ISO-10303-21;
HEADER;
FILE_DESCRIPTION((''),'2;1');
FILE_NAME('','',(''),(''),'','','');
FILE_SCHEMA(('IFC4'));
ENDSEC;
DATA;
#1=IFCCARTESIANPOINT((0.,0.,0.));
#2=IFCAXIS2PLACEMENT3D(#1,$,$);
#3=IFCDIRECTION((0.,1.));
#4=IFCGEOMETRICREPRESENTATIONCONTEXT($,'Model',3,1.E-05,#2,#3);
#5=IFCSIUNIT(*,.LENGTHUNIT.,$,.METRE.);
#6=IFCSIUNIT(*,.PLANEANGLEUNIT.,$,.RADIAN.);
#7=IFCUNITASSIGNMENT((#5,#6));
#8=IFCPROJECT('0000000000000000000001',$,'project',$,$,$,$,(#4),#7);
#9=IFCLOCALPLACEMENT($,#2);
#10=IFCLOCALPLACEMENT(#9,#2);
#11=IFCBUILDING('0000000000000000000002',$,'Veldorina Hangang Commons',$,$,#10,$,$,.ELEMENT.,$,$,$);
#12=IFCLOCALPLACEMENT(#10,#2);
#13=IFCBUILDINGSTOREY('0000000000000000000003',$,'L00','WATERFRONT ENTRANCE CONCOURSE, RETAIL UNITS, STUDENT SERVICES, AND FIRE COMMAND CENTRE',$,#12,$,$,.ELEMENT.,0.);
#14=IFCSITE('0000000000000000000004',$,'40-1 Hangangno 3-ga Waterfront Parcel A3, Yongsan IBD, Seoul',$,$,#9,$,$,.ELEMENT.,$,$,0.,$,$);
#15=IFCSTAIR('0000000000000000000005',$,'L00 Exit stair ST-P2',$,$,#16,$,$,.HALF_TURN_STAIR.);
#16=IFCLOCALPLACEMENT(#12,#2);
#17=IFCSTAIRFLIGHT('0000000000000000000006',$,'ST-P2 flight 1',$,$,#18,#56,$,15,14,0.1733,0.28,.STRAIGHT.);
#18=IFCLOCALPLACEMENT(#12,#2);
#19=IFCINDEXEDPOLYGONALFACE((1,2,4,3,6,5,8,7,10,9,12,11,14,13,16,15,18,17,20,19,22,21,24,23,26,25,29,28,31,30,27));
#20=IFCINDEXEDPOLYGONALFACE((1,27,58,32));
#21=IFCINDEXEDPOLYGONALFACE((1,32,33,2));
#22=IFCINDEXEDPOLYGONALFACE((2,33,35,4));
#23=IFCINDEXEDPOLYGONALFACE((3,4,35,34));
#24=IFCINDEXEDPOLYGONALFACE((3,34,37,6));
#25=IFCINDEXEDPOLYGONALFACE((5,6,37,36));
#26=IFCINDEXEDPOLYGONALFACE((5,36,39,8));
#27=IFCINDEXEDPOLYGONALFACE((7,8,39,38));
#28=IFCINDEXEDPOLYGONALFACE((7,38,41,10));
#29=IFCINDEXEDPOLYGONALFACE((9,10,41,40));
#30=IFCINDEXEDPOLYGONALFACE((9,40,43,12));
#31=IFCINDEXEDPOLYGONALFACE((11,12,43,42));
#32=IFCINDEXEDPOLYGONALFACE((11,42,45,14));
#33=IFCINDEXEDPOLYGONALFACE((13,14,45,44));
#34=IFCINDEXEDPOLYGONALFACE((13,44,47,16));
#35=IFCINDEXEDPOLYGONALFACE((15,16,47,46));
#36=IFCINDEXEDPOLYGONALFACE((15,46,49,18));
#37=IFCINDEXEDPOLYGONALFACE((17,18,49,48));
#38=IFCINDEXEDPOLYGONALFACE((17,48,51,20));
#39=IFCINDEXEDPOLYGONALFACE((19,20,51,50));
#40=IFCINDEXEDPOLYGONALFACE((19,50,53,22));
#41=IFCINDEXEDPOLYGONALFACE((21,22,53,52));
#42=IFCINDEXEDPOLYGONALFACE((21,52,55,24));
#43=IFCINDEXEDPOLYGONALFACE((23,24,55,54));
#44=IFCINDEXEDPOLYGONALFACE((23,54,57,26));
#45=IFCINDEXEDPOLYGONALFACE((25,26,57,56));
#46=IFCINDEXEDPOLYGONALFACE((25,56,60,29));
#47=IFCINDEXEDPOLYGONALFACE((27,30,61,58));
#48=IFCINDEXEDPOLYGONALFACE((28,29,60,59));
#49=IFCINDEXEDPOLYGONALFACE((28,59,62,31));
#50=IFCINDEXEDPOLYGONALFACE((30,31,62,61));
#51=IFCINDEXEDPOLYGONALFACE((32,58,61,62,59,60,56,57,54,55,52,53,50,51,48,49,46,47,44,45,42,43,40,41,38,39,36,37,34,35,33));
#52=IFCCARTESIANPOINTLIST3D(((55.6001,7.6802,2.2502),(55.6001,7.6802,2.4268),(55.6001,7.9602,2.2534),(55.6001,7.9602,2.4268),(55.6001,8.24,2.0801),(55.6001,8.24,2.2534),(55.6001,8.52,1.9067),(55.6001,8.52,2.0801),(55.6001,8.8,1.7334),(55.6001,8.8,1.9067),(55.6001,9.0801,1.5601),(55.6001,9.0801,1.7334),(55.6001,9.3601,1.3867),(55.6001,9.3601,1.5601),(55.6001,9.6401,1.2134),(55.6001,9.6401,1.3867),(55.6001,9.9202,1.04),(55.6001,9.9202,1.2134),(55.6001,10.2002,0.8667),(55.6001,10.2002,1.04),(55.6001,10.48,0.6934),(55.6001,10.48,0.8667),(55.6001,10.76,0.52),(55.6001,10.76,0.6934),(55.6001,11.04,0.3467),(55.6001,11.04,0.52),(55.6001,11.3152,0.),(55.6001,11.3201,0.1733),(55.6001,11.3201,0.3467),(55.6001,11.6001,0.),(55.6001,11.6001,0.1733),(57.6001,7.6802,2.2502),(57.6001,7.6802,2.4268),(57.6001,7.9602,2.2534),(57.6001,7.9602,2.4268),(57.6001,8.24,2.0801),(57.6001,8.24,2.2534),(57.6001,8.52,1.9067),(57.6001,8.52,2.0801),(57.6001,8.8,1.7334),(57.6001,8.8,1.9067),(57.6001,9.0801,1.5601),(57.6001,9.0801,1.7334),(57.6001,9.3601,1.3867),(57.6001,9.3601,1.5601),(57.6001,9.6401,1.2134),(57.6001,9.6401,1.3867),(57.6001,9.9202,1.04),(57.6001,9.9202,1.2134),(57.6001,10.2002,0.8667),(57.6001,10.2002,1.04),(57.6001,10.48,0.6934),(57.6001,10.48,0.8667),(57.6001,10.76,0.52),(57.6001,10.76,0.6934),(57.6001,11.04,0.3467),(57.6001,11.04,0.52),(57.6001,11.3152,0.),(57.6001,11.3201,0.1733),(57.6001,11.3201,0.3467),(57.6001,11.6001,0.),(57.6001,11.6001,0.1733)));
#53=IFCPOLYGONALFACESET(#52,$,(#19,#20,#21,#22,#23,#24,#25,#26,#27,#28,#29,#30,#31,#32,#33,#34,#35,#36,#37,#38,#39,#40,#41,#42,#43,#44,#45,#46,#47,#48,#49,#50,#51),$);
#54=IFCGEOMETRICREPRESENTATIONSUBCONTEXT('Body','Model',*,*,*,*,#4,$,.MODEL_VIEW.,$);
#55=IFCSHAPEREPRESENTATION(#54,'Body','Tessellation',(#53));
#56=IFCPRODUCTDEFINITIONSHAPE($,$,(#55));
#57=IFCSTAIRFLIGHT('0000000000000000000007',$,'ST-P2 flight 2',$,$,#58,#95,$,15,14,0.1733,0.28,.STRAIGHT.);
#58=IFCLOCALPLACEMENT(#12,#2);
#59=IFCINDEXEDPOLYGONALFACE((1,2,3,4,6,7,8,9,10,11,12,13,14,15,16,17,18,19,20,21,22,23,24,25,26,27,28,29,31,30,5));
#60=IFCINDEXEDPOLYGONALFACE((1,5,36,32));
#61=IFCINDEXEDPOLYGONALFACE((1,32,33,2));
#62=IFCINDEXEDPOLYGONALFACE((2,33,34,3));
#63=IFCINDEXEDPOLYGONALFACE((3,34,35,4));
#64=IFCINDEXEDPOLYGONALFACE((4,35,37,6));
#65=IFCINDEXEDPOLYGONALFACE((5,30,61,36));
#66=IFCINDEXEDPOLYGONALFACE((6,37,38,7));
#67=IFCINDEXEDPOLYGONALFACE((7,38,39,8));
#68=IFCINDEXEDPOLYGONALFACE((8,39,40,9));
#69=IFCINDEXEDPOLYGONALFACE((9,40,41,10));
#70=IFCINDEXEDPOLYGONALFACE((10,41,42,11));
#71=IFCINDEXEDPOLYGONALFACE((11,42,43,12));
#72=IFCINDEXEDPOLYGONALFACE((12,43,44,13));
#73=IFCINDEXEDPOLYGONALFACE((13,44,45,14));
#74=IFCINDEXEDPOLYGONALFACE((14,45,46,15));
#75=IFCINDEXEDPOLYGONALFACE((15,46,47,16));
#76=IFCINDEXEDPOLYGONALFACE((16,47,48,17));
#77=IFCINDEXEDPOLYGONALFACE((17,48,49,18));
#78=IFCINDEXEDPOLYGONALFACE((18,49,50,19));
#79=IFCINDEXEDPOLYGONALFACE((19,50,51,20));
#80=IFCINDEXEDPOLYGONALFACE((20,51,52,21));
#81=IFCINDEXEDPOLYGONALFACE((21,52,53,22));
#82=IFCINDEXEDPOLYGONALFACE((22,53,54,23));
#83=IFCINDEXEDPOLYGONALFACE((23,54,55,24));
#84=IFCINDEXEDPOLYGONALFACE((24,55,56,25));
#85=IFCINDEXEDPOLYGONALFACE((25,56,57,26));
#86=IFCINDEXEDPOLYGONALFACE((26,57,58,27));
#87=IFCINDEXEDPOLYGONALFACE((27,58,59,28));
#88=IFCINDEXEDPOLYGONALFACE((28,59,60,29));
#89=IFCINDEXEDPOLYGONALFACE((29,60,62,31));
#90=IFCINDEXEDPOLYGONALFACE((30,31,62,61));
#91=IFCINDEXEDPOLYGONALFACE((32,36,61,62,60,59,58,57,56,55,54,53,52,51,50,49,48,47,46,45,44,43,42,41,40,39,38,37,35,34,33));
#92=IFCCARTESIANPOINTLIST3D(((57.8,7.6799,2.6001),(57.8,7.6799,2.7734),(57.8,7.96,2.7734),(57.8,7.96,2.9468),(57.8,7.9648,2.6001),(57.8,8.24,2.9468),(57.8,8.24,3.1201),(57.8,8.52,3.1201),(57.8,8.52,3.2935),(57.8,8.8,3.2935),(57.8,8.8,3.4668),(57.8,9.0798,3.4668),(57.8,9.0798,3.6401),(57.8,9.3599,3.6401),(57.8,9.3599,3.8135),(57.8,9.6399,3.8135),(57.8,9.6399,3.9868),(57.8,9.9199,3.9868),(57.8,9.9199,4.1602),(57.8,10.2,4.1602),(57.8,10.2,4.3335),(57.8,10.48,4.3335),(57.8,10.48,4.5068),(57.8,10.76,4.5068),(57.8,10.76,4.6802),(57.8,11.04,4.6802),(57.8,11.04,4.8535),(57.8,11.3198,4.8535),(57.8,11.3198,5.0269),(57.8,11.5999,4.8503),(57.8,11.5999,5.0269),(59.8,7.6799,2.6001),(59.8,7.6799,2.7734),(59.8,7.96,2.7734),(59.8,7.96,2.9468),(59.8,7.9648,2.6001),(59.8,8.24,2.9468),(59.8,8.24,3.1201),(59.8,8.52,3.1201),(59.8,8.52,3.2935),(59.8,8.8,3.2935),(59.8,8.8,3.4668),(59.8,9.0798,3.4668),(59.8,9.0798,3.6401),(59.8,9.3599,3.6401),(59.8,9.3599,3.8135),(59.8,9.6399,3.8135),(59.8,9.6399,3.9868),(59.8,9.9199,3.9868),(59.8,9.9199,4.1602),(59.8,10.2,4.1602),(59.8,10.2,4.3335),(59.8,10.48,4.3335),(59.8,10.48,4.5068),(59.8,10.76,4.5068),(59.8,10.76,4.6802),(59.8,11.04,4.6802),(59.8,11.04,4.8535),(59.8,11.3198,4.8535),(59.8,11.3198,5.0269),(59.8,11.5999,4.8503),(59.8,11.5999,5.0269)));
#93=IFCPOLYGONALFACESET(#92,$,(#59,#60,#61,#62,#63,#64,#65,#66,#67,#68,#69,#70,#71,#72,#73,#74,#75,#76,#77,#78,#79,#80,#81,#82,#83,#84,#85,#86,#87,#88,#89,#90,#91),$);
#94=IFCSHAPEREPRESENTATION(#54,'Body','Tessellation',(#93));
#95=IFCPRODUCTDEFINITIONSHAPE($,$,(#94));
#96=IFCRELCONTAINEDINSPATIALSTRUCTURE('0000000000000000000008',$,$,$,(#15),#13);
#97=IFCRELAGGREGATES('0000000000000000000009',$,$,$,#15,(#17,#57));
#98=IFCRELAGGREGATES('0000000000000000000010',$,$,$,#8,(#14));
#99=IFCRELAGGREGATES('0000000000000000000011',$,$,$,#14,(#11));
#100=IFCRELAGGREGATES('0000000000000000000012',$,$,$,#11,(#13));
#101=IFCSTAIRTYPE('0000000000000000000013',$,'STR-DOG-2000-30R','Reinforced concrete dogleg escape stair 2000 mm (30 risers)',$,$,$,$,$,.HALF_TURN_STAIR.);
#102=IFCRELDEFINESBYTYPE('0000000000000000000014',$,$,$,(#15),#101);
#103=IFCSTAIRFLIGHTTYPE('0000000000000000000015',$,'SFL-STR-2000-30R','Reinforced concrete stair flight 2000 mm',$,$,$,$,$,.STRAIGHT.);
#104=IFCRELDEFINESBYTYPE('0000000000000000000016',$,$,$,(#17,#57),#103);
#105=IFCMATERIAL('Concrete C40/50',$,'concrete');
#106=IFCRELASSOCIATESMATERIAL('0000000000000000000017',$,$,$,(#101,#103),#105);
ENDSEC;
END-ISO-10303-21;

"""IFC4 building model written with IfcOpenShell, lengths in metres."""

from ifc_helpers import new_model, si_unit, direction, frame, origin, place, context, subcontext, project, spatial, polyline, outline, extrude, material, type_object, element, aggregate, save


model = new_model("IFC4")

# Units and contexts
model_context = context("Model", 3, precision=1e-05, world=origin(), true_north=direction((0.0, 1.0)))
body_context = subcontext(model_context, "Body", "Model", "MODEL_VIEW")
ifc_project = project(units=[si_unit("LENGTHUNIT", "METRE"), si_unit("PLANEANGLEUNIT", "RADIAN")], contexts=[model_context])

# Site, building, storey
site_placement = place(None, origin())
site = spatial("IfcSite", under=ifc_project, at=site_placement, Name="40-1 Hangangno 3-ga Waterfront Parcel A3, Yongsan IBD, Seoul", CompositionType="ELEMENT", RefElevation=0.0)
building_placement = place(site_placement, origin())
building = spatial("IfcBuilding", under=site, at=building_placement, Name="Veldorina Hangang Commons", CompositionType="ELEMENT")
storey_placement = place(building_placement, origin())
storey = spatial("IfcBuildingStorey", under=building, at=storey_placement, Name="L00", Description="WATERFRONT ENTRANCE CONCOURSE, RETAIL UNITS, STUDENT SERVICES, AND FIRE COMMAND CENTRE", CompositionType="ELEMENT", Elevation=0.0)

# Stair, stair flights
ifc_material_1 = material(Name="Concrete C40/50", Category="concrete")
stair_type = type_object("IfcStairType", Name="STR-DOG-2000-30R", Description="Reinforced concrete dogleg escape stair 2000 mm (30 risers)", PredefinedType="HALF_TURN_STAIR", material=ifc_material_1)
stair_placement = place(storey_placement, origin())
stair = element("IfcStair", 1, at=stair_placement, inside=storey, type_object=stair_type, Name="L00 Exit stair ST-P2", PredefinedType="HALF_TURN_STAIR")
stair_flight_type = type_object("IfcStairFlightType", Name="SFL-STR-2000-30R", Description="Reinforced concrete stair flight 2000 mm", PredefinedType="STRAIGHT", material=ifc_material_1)
stair_flight_1_placement = place(storey_placement, frame((56.6001, 11.6001, 0.0), z_axis=(0.0, 0.0, 1.0), x_axis=(0.0, -1.0, 0.0)))
stair_flight_1 = element("IfcStairFlight", 2, at=stair_flight_1_placement, type_object=stair_flight_type, Name="ST-P2 flight 1", NumberOfRisers=15, NumberOfTreads=14, PredefinedType="STRAIGHT", RiserHeight=0.1733, TreadLength=0.28, context=body_context, shape_type="SweptSolid", body=[
    extrude(outline(polyline([(0.0, 0.0), (0.0, 0.1733), (0.28, 0.1733), (0.28, 0.3467), (0.5601, 0.3467), (0.5601, 0.52), (0.8401, 0.52), (0.8401, 0.6934), (1.1201, 0.6934), (1.1201, 0.8667), (1.3999, 0.8667), (1.3999, 1.04), (1.6799, 1.04), (1.6799, 1.2134), (1.96, 1.2134), (1.96, 1.3867), (2.24, 1.3867), (2.24, 1.5601), (2.52, 1.5601), (2.52, 1.7334), (2.8, 1.7334), (2.8, 1.9067), (3.0801, 1.9067), (3.0801, 2.0801), (3.3601, 2.0801), (3.3601, 2.2534), (3.6399, 2.2534), (3.6399, 2.4268), (3.9199, 2.4268), (3.9199, 2.6001), (3.9199, 2.2502), (0.2849, 0.0), (0.0, 0.0)])), frame((0.0, 1.0, 0.0), z_axis=(0.0, -1.0, 0.0), x_axis=(1.0, 0.0, 0.0)), (0.0, 0.0, 1.0), 2.0),
])
stair_flight_2_placement = place(storey_placement, frame((58.8, 7.6799, 2.6001), z_axis=(0.0, 0.0, 1.0), x_axis=(0.0, 1.0, 0.0)))
stair_flight_2 = element("IfcStairFlight", 3, at=stair_flight_2_placement, type_object=stair_flight_type, Name="ST-P2 flight 2", NumberOfRisers=15, NumberOfTreads=14, PredefinedType="STRAIGHT", RiserHeight=0.1733, TreadLength=0.28, context=body_context, shape_type="SweptSolid", body=[
    extrude(outline(polyline([(0.0, 0.0), (0.0, 0.1733), (0.28, 0.1733), (0.28, 0.3467), (0.5601, 0.3467), (0.5601, 0.52), (0.8401, 0.52), (0.8401, 0.6934), (1.1201, 0.6934), (1.1201, 0.8667), (1.3999, 0.8667), (1.3999, 1.04), (1.6799, 1.04), (1.6799, 1.2134), (1.96, 1.2134), (1.96, 1.3867), (2.24, 1.3867), (2.24, 1.5601), (2.52, 1.5601), (2.52, 1.7334), (2.8, 1.7334), (2.8, 1.9067), (3.0801, 1.9067), (3.0801, 2.0801), (3.3601, 2.0801), (3.3601, 2.2534), (3.6399, 2.2534), (3.6399, 2.4268), (3.9199, 2.4268), (3.9199, 2.6001), (3.9199, 2.2502), (0.2849, 0.0), (0.0, 0.0)])), frame((0.0, 1.0, 0.0), z_axis=(0.0, -1.0, 0.0), x_axis=(1.0, 0.0, 0.0)), (0.0, 0.0, 1.0), 2.0),
])
aggregate(stair, [stair_flight_1, stair_flight_2])

save(model, "model.ifc")
